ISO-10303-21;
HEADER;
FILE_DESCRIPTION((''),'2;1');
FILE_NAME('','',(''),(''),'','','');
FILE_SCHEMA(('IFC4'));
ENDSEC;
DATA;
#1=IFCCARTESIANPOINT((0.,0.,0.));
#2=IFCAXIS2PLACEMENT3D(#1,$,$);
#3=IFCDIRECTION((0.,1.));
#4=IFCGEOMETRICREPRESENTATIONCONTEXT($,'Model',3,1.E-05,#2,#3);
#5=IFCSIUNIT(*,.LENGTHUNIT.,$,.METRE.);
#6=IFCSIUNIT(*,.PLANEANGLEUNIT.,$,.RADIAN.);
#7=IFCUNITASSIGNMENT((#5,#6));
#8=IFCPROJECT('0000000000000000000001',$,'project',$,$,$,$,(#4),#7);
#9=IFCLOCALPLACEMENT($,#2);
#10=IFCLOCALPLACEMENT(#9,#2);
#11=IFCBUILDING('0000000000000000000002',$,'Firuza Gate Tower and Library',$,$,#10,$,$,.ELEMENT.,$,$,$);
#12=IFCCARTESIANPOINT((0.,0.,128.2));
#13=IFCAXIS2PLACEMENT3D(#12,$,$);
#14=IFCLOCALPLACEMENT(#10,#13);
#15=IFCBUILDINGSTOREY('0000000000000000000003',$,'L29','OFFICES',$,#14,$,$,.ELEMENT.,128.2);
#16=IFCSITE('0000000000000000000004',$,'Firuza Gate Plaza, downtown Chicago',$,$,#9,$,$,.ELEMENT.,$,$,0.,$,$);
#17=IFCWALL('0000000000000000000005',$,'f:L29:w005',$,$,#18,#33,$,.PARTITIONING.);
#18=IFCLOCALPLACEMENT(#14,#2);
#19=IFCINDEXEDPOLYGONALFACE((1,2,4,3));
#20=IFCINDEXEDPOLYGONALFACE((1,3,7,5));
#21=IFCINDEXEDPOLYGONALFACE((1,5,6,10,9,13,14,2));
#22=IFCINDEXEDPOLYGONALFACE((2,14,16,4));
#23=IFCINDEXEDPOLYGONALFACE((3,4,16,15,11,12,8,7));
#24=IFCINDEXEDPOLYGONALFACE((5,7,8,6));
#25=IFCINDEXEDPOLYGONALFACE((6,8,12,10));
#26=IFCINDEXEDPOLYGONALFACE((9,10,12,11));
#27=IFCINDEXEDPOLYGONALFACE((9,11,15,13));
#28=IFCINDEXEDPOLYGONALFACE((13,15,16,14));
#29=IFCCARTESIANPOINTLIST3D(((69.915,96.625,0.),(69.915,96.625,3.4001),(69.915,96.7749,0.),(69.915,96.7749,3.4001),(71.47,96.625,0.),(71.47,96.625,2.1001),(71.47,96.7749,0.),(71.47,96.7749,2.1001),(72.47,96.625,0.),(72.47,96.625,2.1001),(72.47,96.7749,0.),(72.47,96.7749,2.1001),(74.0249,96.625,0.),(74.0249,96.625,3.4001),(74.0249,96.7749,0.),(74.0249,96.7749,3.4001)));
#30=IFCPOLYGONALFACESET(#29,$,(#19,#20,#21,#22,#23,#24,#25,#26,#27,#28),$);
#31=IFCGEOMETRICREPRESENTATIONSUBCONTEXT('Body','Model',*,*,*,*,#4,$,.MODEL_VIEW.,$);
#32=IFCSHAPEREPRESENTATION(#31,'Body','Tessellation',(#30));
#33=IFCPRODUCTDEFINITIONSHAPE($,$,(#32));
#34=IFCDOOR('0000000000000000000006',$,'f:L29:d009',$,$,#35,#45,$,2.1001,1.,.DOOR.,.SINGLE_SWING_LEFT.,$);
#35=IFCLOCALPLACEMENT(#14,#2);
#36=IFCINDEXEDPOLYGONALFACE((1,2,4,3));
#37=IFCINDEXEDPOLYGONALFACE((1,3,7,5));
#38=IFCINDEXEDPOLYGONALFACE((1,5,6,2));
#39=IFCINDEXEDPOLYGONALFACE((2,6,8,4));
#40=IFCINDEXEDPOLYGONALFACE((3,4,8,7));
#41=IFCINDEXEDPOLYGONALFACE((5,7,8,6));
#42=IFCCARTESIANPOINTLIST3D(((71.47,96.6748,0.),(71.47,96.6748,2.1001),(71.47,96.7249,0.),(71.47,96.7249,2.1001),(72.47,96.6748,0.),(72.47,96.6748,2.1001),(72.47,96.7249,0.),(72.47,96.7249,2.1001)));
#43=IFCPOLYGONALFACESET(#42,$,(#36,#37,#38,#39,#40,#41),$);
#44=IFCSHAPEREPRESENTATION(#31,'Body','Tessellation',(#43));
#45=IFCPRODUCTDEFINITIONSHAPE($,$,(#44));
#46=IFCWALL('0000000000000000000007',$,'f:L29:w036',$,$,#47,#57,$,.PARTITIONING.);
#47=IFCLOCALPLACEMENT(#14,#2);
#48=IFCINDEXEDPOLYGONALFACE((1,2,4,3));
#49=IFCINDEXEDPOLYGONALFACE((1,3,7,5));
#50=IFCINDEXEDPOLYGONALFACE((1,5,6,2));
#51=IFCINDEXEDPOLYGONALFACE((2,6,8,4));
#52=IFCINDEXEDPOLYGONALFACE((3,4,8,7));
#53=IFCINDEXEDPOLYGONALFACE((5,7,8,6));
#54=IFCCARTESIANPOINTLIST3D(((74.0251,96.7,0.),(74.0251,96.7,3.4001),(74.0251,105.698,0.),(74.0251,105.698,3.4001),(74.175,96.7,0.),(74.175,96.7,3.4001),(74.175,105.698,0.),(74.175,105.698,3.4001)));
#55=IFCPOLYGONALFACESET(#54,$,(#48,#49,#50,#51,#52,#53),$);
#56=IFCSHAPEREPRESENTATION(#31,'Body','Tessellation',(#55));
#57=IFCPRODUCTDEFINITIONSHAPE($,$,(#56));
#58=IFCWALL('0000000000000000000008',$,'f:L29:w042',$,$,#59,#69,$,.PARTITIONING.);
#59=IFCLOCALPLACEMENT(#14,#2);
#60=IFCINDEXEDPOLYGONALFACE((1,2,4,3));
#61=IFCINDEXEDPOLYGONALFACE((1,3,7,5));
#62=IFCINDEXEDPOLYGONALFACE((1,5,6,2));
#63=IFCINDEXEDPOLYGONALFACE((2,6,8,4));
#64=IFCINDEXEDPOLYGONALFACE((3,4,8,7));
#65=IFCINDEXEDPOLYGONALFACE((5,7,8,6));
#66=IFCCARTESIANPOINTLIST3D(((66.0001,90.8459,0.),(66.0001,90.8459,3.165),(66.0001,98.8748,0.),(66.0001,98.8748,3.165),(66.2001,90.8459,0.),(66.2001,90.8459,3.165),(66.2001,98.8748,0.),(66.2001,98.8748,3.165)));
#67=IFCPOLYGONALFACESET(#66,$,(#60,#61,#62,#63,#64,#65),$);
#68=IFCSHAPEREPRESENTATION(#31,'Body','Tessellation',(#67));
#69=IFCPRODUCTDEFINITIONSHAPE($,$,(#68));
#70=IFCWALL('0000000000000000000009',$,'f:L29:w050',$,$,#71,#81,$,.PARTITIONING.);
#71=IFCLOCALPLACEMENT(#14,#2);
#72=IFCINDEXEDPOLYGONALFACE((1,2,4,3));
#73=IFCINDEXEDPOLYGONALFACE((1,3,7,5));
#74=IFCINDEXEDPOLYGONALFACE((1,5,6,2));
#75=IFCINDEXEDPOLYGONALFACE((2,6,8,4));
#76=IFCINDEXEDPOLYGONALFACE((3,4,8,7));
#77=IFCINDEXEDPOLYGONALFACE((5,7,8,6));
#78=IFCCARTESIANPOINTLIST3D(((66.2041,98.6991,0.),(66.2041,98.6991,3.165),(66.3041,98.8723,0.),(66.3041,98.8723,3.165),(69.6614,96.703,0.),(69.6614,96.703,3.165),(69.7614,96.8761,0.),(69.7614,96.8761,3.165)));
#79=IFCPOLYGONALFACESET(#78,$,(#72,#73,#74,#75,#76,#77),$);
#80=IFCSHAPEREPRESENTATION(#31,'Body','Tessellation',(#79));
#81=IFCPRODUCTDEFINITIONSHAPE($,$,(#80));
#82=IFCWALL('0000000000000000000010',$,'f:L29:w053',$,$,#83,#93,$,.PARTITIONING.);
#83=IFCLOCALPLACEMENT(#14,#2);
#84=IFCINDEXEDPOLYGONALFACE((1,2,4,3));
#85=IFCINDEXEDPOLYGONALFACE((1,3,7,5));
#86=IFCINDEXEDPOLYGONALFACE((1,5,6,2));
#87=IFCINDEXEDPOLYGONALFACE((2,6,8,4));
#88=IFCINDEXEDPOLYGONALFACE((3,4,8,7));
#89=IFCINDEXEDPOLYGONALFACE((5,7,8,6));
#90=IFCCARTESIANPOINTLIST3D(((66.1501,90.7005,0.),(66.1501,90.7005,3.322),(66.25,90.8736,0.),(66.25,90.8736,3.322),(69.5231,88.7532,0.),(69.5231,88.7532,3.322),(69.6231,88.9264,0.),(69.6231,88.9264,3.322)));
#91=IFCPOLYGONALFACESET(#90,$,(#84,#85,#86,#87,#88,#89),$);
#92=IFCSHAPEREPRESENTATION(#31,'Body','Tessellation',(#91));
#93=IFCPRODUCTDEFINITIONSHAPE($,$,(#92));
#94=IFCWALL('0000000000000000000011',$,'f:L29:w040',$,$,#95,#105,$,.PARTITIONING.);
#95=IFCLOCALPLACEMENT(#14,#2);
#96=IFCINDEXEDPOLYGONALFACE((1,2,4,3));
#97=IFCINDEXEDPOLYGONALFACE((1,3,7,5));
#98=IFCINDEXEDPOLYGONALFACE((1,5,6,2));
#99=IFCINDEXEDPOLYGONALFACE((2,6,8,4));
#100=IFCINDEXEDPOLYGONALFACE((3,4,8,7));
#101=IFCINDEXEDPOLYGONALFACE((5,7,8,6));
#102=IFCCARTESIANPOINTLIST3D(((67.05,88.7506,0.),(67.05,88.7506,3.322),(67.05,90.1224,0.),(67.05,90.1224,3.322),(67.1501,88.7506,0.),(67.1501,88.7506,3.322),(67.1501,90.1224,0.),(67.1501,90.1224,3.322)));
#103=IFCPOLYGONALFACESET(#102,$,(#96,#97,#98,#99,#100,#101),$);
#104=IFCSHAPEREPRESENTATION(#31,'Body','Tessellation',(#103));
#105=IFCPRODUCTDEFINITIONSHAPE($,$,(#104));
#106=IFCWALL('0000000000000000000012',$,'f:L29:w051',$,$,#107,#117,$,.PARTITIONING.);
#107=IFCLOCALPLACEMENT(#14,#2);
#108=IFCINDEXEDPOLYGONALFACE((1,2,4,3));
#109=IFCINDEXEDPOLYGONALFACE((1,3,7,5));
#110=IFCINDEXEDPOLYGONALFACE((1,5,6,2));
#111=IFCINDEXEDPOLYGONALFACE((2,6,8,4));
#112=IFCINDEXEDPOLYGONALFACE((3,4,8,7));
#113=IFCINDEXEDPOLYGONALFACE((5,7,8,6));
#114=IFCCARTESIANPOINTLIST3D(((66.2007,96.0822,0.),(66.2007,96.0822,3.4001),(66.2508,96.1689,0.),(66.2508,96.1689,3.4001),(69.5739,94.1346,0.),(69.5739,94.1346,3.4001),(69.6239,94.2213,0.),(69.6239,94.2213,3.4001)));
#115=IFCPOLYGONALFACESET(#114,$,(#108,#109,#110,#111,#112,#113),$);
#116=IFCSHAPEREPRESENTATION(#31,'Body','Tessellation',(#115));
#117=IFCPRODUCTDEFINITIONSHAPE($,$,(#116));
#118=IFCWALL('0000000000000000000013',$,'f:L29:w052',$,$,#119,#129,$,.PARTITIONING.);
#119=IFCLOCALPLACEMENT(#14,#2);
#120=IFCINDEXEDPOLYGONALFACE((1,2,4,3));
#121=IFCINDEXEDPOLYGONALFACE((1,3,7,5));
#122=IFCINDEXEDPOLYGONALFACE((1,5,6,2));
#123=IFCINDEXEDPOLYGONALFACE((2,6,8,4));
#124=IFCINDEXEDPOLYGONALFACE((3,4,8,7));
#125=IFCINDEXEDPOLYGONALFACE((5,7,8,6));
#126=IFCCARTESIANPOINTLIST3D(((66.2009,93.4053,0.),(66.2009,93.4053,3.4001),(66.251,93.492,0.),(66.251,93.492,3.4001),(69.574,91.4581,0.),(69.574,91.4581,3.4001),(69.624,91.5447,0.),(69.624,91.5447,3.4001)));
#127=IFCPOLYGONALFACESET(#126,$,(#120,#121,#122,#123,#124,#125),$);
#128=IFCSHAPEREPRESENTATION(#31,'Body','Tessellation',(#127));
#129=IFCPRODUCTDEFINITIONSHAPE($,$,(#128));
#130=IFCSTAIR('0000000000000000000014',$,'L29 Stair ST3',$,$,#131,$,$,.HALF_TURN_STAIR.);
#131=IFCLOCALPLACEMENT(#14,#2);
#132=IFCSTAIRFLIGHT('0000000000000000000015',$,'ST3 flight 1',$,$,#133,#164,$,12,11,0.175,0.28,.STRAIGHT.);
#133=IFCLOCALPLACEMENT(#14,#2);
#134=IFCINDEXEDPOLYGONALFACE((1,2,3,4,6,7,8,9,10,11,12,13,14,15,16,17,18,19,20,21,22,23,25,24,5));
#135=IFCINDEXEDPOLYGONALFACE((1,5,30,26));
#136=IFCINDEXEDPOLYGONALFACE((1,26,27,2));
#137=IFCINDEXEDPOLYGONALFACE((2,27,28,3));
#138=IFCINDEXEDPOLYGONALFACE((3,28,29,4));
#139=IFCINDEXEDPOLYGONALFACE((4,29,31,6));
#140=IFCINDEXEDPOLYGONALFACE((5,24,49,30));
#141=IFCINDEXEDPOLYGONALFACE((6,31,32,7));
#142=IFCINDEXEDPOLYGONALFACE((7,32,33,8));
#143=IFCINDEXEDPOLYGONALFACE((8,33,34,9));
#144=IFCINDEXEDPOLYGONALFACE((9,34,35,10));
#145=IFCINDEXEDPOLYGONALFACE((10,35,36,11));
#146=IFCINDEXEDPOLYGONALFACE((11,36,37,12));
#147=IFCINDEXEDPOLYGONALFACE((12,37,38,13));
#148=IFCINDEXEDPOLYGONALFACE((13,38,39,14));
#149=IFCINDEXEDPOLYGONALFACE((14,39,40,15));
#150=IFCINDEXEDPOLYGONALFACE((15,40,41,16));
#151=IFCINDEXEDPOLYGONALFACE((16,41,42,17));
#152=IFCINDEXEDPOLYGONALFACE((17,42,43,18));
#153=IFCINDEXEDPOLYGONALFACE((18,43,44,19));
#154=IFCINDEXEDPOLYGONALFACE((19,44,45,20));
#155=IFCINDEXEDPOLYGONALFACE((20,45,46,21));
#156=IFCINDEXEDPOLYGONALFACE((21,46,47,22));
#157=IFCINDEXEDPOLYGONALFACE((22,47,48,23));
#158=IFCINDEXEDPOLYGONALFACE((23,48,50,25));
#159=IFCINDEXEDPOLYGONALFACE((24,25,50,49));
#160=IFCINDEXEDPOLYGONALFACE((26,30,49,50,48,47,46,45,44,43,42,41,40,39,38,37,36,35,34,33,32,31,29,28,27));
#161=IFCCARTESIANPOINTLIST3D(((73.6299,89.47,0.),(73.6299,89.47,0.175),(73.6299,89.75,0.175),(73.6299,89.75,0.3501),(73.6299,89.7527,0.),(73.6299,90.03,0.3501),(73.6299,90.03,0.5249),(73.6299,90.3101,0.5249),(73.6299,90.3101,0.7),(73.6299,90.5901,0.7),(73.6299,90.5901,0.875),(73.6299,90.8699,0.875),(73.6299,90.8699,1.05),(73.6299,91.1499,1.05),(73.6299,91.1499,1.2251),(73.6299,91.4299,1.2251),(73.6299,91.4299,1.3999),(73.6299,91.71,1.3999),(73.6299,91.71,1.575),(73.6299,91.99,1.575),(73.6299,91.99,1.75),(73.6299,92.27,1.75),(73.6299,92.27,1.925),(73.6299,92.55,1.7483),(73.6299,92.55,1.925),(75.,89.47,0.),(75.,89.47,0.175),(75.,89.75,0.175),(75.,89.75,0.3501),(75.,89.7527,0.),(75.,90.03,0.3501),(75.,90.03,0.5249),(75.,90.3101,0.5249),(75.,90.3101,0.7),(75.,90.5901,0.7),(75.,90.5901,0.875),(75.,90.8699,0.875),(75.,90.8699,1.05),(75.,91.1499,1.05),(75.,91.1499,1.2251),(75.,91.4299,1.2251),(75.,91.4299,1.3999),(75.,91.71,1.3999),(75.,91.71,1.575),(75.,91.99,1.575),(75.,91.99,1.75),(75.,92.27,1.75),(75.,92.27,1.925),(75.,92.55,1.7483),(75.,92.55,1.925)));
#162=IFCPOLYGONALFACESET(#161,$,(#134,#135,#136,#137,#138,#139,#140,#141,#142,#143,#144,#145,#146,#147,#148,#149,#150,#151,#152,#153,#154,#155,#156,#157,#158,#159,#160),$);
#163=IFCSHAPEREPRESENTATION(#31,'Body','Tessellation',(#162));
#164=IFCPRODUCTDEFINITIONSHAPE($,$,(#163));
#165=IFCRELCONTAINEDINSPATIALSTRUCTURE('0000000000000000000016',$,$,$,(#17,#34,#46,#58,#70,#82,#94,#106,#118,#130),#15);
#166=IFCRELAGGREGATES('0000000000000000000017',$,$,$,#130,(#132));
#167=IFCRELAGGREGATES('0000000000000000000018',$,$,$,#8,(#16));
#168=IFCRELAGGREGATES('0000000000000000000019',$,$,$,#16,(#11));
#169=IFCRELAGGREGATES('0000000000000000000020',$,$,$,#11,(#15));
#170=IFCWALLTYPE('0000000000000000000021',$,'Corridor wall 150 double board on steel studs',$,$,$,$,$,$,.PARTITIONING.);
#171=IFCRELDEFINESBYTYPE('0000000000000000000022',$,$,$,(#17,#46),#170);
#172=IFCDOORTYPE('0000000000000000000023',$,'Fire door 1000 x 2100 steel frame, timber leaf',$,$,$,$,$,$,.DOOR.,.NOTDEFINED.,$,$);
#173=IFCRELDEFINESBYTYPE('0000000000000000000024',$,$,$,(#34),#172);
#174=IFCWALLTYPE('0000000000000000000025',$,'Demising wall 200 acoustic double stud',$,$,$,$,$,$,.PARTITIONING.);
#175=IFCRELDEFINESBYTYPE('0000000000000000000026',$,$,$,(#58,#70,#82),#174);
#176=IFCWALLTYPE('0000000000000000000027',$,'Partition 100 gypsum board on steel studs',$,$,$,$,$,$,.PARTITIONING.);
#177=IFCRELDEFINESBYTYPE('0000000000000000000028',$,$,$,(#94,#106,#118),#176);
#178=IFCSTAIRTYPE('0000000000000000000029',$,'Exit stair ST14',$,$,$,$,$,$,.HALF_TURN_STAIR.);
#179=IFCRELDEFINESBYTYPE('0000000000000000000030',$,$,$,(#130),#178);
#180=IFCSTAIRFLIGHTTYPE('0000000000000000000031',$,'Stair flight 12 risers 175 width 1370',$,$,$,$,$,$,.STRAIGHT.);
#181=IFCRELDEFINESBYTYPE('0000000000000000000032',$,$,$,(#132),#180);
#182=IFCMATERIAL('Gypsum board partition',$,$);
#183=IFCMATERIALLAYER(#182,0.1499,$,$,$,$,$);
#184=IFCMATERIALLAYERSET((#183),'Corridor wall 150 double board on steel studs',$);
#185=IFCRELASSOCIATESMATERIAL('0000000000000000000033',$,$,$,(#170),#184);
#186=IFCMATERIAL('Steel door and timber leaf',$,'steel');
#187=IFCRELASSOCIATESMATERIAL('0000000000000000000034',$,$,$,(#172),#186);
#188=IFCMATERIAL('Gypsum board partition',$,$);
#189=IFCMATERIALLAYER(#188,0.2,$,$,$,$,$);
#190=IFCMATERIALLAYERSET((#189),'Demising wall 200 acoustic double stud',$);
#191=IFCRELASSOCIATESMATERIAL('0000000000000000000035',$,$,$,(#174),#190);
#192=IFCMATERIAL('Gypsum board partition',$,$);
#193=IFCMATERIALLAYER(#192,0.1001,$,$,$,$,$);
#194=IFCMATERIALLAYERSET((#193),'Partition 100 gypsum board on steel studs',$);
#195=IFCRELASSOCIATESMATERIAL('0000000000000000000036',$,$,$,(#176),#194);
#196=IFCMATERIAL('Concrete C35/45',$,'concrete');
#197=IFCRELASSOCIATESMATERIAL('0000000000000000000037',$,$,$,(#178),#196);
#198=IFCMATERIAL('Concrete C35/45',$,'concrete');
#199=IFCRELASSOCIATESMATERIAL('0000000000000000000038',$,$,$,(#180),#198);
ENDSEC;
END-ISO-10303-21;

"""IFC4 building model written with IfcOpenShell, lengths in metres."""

from ifc_helpers import new_model, si_unit, direction, frame, frame_2d, origin, place, context, subcontext, project, spatial, polyline, rectangle, outline, extrude, material, layer, layer_set, type_object, element, fill, aggregate, save


model = new_model("IFC4")

# Units and contexts
model_context = context("Model", 3, precision=1e-05, world=origin(), true_north=direction((0.0, 1.0)))
body_context = subcontext(model_context, "Body", "Model", "MODEL_VIEW")
ifc_project = project(units=[si_unit("LENGTHUNIT", "METRE"), si_unit("PLANEANGLEUNIT", "RADIAN")], contexts=[model_context])

# Site, building, storey
site_placement = place(None, origin())
site = spatial("IfcSite", under=ifc_project, at=site_placement, Name="Firuza Gate Plaza, downtown Chicago", CompositionType="ELEMENT", RefElevation=0.0)
building_placement = place(site_placement, origin())
building = spatial("IfcBuilding", under=site, at=building_placement, Name="Firuza Gate Tower and Library", CompositionType="ELEMENT")
storey_placement = place(building_placement, frame((0.0, 0.0, 128.2)))
storey = spatial("IfcBuildingStorey", under=building, at=storey_placement, Name="L29", Description="OFFICES", CompositionType="ELEMENT", Elevation=128.2)

# Shared definitions
placement = place(storey_placement, origin())

# Wall, opening, door
ifc_material_1 = material(Name="Gypsum board partition")
ifc_layer_1 = layer(ifc_material_1, 0.1499)
ifc_layer_set_1 = layer_set([ifc_layer_1], Name="Corridor wall 150 double board on steel studs")
wall_type_1 = type_object("IfcWallType", Name="Corridor wall 150 double board on steel studs", PredefinedType="PARTITIONING", material=ifc_layer_set_1)
wall_1_placement = place(storey_placement, frame((69.915, 96.7, 0.0), z_axis=(0.0, 0.0, 1.0), x_axis=(1.0, 0.0, 0.0)))
wall_1 = element("IfcWall", 1, at=wall_1_placement, inside=storey, type_object=wall_type_1, Name="f:L29:w005", PredefinedType="PARTITIONING", context=body_context, shape_type="SweptSolid", body=[
    extrude(rectangle(XDim=4.1099, YDim=0.1499, at=frame_2d((2.0549, 0.0))), origin(), (0.0, 0.0, 1.0), 3.4001),
])
opening_placement = place(wall_1_placement, frame((1.5549, 0.0, 0.0)))
opening = element("IfcOpeningElement", 2, at=opening_placement, cuts=wall_1, PredefinedType="OPENING", context=body_context, shape_type="SweptSolid", body=[
    extrude(rectangle(XDim=1.0, YDim=2.1001, at=frame_2d((0.5, 1.05))), frame((0.0, 0.085, 0.0), z_axis=(0.0, -1.0, 0.0), x_axis=(1.0, 0.0, 0.0)), (0.0, 0.0, 1.0), 0.1699),
])
ifc_material_2 = material(Name="Steel door and timber leaf", Category="steel")
door_type = type_object("IfcDoorType", Name="Fire door 1000 x 2100 steel frame, timber leaf", OperationType="NOTDEFINED", PredefinedType="DOOR", material=ifc_material_2)
door_placement = place(opening_placement, origin())
door = element("IfcDoor", 3, at=door_placement, inside=storey, type_object=door_type, Name="f:L29:d009", OperationType="SINGLE_SWING_LEFT", OverallHeight=2.1001, OverallWidth=1.0, PredefinedType="DOOR", context=body_context, shape_type="SweptSolid", body=[
    extrude(rectangle(XDim=1.0, YDim=2.1001, at=frame_2d((0.5, 1.05))), frame((0.0, 0.0249, 0.0), z_axis=(0.0, -1.0, 0.0), x_axis=(1.0, 0.0, 0.0)), (0.0, 0.0, 1.0), 0.05),
])
fill(opening, door)

# Walls
wall_2_placement = place(storey_placement, frame((74.1001, 96.7, 0.0), z_axis=(0.0, 0.0, 1.0), x_axis=(0.0, 1.0, 0.0)))
element("IfcWall", 4, at=wall_2_placement, inside=storey, type_object=wall_type_1, Name="f:L29:w036", PredefinedType="PARTITIONING", context=body_context, shape_type="SweptSolid", body=[
    extrude(rectangle(XDim=8.998, YDim=0.1499, at=frame_2d((4.499, 0.0))), origin(), (0.0, 0.0, 1.0), 3.4001),
])
ifc_material_3 = material(Name="Gypsum board partition")
ifc_layer_2 = layer(ifc_material_3, 0.2)
ifc_layer_set_2 = layer_set([ifc_layer_2], Name="Demising wall 200 acoustic double stud")
wall_type_2 = type_object("IfcWallType", Name="Demising wall 200 acoustic double stud", PredefinedType="PARTITIONING", material=ifc_layer_set_2)
wall_3_placement = place(storey_placement, frame((66.1001, 90.8459, 0.0), z_axis=(0.0, 0.0, 1.0), x_axis=(0.0, 1.0, 0.0)))
element("IfcWall", 5, at=wall_3_placement, inside=storey, type_object=wall_type_2, Name="f:L29:w042", PredefinedType="PARTITIONING", context=body_context, shape_type="SweptSolid", body=[
    extrude(rectangle(XDim=8.0288, YDim=0.2, at=frame_2d((4.0144, 0.0))), origin(), (0.0, 0.0, 1.0), 3.165),
])
wall_4_placement = place(storey_placement, frame((69.7114, 96.7896, 0.0), z_axis=(0.0, 0.0, 1.0), x_axis=(-0.866022, 0.500007, 0.0)))
element("IfcWall", 6, at=wall_4_placement, inside=storey, type_object=wall_type_2, Name="f:L29:w050", PredefinedType="PARTITIONING", context=body_context, shape_type="SweptSolid", body=[
    extrude(rectangle(XDim=3.9922, YDim=0.2, at=frame_2d((1.9961, 0.0))), origin(), (0.0, 0.0, 1.0), 3.165),
])
wall_5_placement = place(storey_placement, frame((69.573, 88.8398, 0.0), z_axis=(0.0, 0.0, 1.0), x_axis=(-0.866044, 0.499968, 0.0)))
element("IfcWall", 7, at=wall_5_placement, inside=storey, type_object=wall_type_2, Name="f:L29:w053", PredefinedType="PARTITIONING", context=body_context, shape_type="SweptSolid", body=[
    extrude(rectangle(XDim=3.8948, YDim=0.2, at=frame_2d((1.9473, 0.0))), origin(), (0.0, 0.0, 1.0), 3.322),
])
ifc_material_4 = material(Name="Gypsum board partition")
ifc_layer_3 = layer(ifc_material_4, 0.1001)
ifc_layer_set_3 = layer_set([ifc_layer_3], Name="Partition 100 gypsum board on steel studs")
wall_type_3 = type_object("IfcWallType", Name="Partition 100 gypsum board on steel studs", PredefinedType="PARTITIONING", material=ifc_layer_set_3)
wall_6_placement = place(storey_placement, frame((67.1001, 88.7505, 0.0), z_axis=(0.0, 0.0, 1.0), x_axis=(0.0, 1.0, 0.0)))
element("IfcWall", 8, at=wall_6_placement, inside=storey, type_object=wall_type_3, Name="f:L29:w040", PredefinedType="PARTITIONING", context=body_context, shape_type="SweptSolid", body=[
    extrude(rectangle(XDim=1.3718, YDim=0.1001, at=frame_2d((0.686, 0.0))), origin(), (0.0, 0.0, 1.0), 3.322),
])
wall_7_placement = place(storey_placement, frame((69.5989, 94.178, 0.0), z_axis=(0.0, 0.0, 1.0), x_axis=(-0.866016, 0.500015, 0.0)))
element("IfcWall", 9, at=wall_7_placement, inside=storey, type_object=wall_type_3, Name="f:L29:w051", PredefinedType="PARTITIONING", context=body_context, shape_type="SweptSolid", body=[
    extrude(rectangle(XDim=3.895, YDim=0.1001, at=frame_2d((1.9475, 0.0))), origin(), (0.0, 0.0, 1.0), 3.4001),
])
wall_8_placement = place(storey_placement, frame((69.5989, 91.5015, 0.0), z_axis=(0.0, 0.0, 1.0), x_axis=(-0.866044, 0.499968, 0.0)))
element("IfcWall", 10, at=wall_8_placement, inside=storey, type_object=wall_type_3, Name="f:L29:w052", PredefinedType="PARTITIONING", context=body_context, shape_type="SweptSolid", body=[
    extrude(rectangle(XDim=3.8948, YDim=0.1001, at=frame_2d((1.9473, 0.0))), origin(), (0.0, 0.0, 1.0), 3.4001),
])

# Stair, stair flight
ifc_material_5 = material(Name="Concrete C35/45", Category="concrete")
stair_type = type_object("IfcStairType", Name="Exit stair ST14", PredefinedType="HALF_TURN_STAIR", material=ifc_material_5)
stair = element("IfcStair", 11, at=placement, inside=storey, type_object=stair_type, Name="L29 Stair ST3", PredefinedType="HALF_TURN_STAIR")
ifc_material_6 = material(Name="Concrete C35/45", Category="concrete")
stair_flight_type = type_object("IfcStairFlightType", Name="Stair flight 12 risers 175 width 1370", PredefinedType="STRAIGHT", material=ifc_material_6)
stair_flight_1_placement = place(storey_placement, frame((74.3149, 89.47, 0.0), z_axis=(0.0, 0.0, 1.0), x_axis=(0.0, 1.0, 0.0)))
stair_flight_1 = element("IfcStairFlight", 12, at=stair_flight_1_placement, type_object=stair_flight_type, Name="ST3 flight 1", NumberOfRisers=12, NumberOfTreads=11, PredefinedType="STRAIGHT", RiserHeight=0.175, TreadLength=0.28, context=body_context, shape_type="SweptSolid", body=[
    extrude(outline(polyline([(0.0, 0.0), (0.0, 0.175), (0.28, 0.175), (0.28, 0.3501), (0.5601, 0.3501), (0.5601, 0.5249), (0.8401, 0.5249), (0.8401, 0.7), (1.1201, 0.7), (1.1201, 0.875), (1.3999, 0.875), (1.3999, 1.05), (1.6799, 1.05), (1.6799, 1.2251), (1.96, 1.2251), (1.96, 1.3999), (2.24, 1.3999), (2.24, 1.575), (2.52, 1.575), (2.52, 1.75), (2.8, 1.75), (2.8, 1.925), (3.0801, 1.925), (3.0801, 2.1001), (3.0801, 1.7483), (0.2827, 0.0), (0.0, 0.0)])), frame((0.0, 0.6851, 0.0), z_axis=(0.0, -1.0, 0.0), x_axis=(1.0, 0.0, 0.0)), (0.0, 0.0, 1.0), 1.3701),
])
aggregate(stair, [stair_flight_1])

save(model, "model.ifc")
